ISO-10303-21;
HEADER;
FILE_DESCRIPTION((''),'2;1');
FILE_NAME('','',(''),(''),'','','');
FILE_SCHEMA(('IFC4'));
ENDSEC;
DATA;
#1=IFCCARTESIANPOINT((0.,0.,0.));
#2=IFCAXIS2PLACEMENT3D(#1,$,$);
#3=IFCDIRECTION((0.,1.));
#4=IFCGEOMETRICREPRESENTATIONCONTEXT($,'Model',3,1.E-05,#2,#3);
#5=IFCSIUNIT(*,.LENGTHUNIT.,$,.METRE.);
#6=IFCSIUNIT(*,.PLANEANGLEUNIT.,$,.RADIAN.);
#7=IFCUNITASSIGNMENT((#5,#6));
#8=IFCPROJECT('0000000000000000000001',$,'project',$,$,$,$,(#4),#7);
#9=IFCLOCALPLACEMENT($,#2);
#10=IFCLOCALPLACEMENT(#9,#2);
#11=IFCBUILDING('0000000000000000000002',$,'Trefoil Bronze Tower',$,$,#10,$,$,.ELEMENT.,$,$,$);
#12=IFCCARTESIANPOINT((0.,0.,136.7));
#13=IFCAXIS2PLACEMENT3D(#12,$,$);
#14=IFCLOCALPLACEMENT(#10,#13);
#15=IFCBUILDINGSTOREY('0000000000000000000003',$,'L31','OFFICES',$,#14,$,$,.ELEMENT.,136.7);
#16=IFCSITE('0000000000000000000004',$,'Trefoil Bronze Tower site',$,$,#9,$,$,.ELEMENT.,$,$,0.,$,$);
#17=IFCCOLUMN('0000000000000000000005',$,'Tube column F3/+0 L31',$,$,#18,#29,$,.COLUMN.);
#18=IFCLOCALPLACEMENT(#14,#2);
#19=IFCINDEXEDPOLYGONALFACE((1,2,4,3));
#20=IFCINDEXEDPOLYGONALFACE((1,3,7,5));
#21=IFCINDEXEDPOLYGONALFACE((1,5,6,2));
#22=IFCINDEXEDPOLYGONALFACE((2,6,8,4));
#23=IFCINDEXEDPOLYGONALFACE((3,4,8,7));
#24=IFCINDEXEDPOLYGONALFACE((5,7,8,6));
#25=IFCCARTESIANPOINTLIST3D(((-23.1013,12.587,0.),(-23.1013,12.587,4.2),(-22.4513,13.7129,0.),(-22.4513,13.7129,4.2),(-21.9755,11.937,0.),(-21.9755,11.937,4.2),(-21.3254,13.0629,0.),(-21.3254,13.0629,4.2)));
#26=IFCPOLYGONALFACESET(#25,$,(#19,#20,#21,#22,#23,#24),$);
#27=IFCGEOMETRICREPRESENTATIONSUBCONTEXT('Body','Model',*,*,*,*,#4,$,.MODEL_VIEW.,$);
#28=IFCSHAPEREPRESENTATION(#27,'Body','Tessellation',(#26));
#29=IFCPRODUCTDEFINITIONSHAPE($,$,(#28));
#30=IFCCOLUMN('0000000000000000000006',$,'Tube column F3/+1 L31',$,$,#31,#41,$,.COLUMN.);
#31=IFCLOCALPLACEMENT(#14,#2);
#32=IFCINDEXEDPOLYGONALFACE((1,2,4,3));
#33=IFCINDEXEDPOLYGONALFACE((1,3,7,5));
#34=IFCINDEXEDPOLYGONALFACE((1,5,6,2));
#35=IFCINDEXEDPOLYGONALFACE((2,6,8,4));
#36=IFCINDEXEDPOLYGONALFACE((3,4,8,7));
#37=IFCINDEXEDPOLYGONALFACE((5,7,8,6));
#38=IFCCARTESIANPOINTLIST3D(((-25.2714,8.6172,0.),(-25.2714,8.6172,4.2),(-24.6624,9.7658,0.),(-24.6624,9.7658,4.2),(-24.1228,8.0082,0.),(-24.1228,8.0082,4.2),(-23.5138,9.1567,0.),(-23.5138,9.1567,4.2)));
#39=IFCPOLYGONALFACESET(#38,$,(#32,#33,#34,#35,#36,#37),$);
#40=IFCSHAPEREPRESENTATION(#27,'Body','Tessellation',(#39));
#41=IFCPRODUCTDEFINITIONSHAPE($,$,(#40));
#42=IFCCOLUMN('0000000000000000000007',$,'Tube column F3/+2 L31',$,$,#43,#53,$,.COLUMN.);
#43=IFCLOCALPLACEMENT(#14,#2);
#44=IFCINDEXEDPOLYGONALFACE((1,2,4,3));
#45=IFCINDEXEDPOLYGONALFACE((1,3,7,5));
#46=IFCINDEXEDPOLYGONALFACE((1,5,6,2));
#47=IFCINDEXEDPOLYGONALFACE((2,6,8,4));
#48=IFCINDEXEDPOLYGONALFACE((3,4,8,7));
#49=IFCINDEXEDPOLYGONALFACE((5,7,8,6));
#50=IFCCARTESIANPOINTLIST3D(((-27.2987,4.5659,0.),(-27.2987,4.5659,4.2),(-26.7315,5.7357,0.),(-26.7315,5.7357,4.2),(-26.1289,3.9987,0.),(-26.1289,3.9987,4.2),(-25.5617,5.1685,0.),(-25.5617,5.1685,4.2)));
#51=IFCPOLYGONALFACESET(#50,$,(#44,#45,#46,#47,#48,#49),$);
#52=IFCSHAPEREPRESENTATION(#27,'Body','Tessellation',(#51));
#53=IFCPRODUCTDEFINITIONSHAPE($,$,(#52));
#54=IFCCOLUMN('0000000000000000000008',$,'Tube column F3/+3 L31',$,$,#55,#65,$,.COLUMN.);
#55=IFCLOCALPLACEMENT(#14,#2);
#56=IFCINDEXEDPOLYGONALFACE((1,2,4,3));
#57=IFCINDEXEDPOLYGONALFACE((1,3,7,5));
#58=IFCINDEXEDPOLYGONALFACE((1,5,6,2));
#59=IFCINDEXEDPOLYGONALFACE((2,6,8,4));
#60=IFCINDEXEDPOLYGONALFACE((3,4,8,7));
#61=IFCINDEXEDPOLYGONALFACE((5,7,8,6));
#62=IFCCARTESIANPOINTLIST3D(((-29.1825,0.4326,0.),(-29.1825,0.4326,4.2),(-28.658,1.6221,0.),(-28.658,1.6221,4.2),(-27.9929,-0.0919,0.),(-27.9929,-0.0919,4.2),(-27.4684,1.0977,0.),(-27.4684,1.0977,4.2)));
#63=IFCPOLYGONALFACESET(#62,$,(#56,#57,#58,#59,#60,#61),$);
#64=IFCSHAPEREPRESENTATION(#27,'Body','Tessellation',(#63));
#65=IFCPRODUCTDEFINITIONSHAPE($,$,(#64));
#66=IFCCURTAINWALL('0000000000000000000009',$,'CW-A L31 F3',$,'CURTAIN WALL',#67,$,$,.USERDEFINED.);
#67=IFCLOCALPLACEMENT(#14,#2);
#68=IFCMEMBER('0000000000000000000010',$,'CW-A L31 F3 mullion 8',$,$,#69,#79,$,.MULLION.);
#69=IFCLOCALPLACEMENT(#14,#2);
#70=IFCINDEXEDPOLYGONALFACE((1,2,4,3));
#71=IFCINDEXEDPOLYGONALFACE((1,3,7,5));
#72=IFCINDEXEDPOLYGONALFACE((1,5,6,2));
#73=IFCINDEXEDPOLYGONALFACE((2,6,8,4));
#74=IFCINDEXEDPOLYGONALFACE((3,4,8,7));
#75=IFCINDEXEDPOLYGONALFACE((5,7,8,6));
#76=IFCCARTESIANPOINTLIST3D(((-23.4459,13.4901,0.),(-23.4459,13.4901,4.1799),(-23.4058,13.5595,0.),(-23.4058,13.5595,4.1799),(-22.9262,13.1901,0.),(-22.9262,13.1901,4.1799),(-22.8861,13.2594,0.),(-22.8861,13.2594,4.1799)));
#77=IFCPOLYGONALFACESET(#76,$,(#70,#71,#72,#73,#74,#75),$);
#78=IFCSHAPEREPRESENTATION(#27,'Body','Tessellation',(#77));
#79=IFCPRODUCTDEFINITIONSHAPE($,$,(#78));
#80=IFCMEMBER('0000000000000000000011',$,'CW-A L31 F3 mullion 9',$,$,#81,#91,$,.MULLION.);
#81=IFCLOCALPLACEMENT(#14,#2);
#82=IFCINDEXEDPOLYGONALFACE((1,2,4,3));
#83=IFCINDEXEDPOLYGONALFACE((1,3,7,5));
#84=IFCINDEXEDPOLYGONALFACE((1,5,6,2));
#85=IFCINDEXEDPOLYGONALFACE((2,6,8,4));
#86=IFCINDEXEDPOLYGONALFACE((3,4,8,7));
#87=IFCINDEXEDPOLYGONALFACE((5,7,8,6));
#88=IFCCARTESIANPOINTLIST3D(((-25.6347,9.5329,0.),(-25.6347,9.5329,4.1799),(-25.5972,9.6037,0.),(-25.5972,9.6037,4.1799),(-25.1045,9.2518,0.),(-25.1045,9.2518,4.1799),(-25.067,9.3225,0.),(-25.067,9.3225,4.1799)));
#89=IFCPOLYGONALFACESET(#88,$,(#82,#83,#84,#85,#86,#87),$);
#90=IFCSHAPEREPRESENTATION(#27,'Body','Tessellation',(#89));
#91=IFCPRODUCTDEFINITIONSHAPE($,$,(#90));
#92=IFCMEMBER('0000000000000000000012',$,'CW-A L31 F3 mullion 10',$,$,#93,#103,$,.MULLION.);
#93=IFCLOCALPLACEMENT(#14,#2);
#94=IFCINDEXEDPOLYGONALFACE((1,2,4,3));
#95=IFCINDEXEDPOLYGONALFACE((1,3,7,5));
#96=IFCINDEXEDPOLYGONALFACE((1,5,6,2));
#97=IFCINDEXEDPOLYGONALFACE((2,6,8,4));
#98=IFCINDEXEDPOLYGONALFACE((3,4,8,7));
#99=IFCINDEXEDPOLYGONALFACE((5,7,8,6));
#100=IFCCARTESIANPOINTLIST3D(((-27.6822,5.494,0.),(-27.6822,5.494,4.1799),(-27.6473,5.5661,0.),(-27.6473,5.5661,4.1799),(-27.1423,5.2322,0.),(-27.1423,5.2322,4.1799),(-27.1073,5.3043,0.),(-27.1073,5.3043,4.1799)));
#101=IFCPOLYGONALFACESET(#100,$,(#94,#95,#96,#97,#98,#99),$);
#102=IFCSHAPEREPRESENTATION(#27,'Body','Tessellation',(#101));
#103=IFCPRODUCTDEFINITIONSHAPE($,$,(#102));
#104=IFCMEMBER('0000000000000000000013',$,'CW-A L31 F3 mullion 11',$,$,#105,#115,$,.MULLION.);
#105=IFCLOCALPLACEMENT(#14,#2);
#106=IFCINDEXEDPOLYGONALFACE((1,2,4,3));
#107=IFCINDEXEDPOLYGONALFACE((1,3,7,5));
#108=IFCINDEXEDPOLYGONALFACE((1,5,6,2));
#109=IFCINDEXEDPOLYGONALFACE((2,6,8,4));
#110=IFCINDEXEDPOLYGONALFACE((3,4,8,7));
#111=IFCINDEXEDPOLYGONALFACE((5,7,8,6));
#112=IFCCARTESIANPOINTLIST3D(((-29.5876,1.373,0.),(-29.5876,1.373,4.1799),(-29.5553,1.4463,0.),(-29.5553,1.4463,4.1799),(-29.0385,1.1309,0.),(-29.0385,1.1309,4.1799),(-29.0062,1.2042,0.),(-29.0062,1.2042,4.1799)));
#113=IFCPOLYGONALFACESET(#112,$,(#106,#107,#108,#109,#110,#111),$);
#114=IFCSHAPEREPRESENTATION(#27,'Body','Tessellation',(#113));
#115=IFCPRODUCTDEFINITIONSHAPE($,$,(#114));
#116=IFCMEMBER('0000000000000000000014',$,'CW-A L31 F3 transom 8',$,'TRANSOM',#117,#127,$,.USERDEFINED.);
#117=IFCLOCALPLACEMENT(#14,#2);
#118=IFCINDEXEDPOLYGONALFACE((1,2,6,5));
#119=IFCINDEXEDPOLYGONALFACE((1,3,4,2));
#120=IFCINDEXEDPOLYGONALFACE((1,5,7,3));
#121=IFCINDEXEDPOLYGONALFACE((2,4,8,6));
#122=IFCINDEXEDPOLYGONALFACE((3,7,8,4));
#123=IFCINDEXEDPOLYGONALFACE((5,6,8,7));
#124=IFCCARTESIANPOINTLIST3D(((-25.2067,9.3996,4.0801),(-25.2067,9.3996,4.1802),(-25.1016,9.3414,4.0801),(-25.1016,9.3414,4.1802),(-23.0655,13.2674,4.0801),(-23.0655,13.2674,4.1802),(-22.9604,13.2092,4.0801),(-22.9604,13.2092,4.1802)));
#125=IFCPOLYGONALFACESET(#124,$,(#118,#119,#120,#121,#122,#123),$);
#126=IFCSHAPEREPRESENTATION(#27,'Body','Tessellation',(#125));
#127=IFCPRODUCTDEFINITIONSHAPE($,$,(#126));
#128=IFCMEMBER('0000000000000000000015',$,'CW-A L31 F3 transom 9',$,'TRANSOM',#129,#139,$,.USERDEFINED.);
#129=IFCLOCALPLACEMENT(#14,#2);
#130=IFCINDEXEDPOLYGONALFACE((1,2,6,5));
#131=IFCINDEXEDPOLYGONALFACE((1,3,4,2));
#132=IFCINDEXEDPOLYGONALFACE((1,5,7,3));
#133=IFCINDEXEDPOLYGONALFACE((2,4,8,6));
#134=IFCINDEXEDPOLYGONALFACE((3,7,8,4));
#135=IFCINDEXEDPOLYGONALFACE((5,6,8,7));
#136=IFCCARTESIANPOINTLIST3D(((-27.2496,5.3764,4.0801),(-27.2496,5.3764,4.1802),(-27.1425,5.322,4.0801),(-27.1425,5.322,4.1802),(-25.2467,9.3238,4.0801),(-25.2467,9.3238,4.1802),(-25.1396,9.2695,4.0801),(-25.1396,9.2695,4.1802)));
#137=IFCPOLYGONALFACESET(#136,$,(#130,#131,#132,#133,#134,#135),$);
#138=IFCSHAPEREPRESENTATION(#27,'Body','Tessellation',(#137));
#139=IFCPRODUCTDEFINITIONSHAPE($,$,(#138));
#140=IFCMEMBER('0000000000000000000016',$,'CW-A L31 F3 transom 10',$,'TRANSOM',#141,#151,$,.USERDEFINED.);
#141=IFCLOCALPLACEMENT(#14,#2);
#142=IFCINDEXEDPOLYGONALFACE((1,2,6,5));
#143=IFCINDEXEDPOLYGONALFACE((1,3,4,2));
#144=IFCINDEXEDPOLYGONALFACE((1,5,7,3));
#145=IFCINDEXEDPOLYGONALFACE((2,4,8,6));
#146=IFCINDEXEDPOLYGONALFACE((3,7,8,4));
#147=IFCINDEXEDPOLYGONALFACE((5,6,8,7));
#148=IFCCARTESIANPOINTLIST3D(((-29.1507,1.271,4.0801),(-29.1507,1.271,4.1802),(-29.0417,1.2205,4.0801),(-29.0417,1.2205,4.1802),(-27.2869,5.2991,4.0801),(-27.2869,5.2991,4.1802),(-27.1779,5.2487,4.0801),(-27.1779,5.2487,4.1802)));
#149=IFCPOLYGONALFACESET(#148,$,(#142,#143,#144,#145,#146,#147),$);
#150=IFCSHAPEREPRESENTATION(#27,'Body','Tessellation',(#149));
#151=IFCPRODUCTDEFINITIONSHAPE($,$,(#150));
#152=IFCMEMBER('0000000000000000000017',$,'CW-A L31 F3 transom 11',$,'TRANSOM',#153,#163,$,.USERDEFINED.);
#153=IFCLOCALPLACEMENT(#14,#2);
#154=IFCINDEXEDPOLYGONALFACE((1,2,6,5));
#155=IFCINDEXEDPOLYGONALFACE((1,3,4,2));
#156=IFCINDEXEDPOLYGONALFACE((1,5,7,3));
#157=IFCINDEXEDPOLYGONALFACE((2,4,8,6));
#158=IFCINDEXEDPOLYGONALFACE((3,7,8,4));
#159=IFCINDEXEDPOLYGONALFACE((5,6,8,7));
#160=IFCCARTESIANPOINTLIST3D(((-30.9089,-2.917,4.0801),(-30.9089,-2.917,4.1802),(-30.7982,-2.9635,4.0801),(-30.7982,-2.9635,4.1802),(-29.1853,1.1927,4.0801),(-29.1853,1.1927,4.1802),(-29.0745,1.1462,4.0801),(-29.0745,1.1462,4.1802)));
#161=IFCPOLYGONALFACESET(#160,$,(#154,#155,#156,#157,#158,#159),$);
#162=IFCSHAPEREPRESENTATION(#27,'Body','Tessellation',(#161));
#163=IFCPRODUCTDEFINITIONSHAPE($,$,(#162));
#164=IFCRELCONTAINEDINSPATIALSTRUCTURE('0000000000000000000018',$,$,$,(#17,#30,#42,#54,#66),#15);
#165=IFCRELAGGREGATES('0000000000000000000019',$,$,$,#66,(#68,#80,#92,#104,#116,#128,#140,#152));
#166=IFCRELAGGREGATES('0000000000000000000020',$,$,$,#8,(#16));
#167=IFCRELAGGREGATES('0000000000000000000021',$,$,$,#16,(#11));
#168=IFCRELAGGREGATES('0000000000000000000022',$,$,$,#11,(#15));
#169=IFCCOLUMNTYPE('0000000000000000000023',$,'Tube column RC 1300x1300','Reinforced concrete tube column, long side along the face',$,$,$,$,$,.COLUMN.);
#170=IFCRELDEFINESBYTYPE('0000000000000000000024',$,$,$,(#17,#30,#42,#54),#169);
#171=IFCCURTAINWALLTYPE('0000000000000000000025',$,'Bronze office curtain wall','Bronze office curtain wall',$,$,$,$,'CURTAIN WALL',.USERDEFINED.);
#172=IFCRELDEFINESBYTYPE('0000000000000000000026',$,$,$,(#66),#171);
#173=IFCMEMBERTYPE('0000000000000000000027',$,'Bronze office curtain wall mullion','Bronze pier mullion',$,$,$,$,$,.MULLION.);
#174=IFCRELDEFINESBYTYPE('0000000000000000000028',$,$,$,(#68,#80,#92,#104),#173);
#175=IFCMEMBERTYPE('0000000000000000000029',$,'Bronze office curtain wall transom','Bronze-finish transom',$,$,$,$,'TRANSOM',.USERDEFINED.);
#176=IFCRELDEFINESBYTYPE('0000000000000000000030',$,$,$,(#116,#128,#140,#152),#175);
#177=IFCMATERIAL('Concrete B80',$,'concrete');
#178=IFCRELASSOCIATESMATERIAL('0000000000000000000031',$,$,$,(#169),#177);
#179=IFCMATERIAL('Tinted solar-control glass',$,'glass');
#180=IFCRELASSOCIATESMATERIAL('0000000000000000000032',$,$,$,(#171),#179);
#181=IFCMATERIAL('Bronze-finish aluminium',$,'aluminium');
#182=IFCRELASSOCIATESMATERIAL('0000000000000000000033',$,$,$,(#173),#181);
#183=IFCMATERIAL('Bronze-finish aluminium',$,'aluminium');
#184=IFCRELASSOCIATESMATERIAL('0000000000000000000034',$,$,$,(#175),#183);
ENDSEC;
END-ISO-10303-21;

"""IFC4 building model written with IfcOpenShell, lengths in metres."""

from ifc_helpers import new_model, si_unit, direction, frame, origin, origin_2d, place, context, subcontext, project, spatial, rectangle, extrude, material, material_profile, profile_set, type_object, element, aggregate, save


model = new_model("IFC4")

# Units and contexts
model_context = context("Model", 3, precision=1e-05, world=origin(), true_north=direction((0.0, 1.0)))
body_context = subcontext(model_context, "Body", "Model", "MODEL_VIEW")
ifc_project = project(units=[si_unit("LENGTHUNIT", "METRE"), si_unit("PLANEANGLEUNIT", "RADIAN")], contexts=[model_context])

# Site, building, storey
site_placement = place(None, origin())
site = spatial("IfcSite", under=ifc_project, at=site_placement, Name="Trefoil Bronze Tower site", CompositionType="ELEMENT", RefElevation=0.0)
building_placement = place(site_placement, origin())
building = spatial("IfcBuilding", under=site, at=building_placement, Name="Trefoil Bronze Tower", CompositionType="ELEMENT")
storey_placement = place(building_placement, frame((0.0, 0.0, 136.7)))
storey = spatial("IfcBuildingStorey", under=building, at=storey_placement, Name="L31", Description="OFFICES", CompositionType="ELEMENT", Elevation=136.7)

# Columns
ifc_material_1 = material(Name="Concrete B80", Category="concrete")
ifc_material_profile_1 = material_profile(ifc_material_1, rectangle(XDim=1.3, YDim=1.3, at=origin_2d()), Name="RC 1300x1300")
ifc_profile_set_1 = profile_set([ifc_material_profile_1], Name="Concrete B80")
column_type = type_object("IfcColumnType", Name="Tube column RC 1300x1300", Description="Reinforced concrete tube column, long side along the face", PredefinedType="COLUMN", material=ifc_profile_set_1)
for number, where, z_axis, x_axis, name in (
    (1, (-22.2134, 12.825, 0.0), (0.0, 0.0, 1.0), (-0.5, -0.866025, 0.0), "Tube column F3/+0 L31"),
    (2, (-24.3926, 8.887, 0.0), (0.0, 0.0, 1.0), (-0.468457, -0.883486, 0.0), "Tube column F3/+1 L31"),
    (3, (-26.4302, 4.8672, 0.0), (0.0, 0.0, 1.0), (-0.436262, -0.89982, 0.0), "Tube column F3/+2 L31"),
    (4, (-28.3254, 0.7651, 0.0), (0.0, 0.0, 1.0), (-0.403412, -0.915018, 0.0), "Tube column F3/+3 L31"),
):
    element("IfcColumn", number, at=place(storey_placement, frame(where, z_axis=z_axis, x_axis=x_axis)), inside=storey, type_object=column_type, Name=name, PredefinedType="COLUMN", context=body_context, shape_type="SweptSolid", body=[
        extrude(rectangle(XDim=1.3, YDim=1.3, at=origin_2d()), origin(), (0.0, 0.0, 1.0), 4.2),
    ])

# Curtain wall, members
ifc_material_2 = material(Name="Tinted solar-control glass", Category="glass")
curtain_wall_type = type_object("IfcCurtainWallType", Name="Bronze office curtain wall", Description="Bronze office curtain wall", ElementType="CURTAIN WALL", PredefinedType="USERDEFINED", material=ifc_material_2)
curtain_wall_placement = place(storey_placement, origin())
curtain_wall = element("IfcCurtainWall", 5, at=curtain_wall_placement, inside=storey, type_object=curtain_wall_type, Name="CW-A L31 F3", ObjectType="CURTAIN WALL", PredefinedType="USERDEFINED")
ifc_material_3 = material(Name="Bronze-finish aluminium", Category="aluminium")
ifc_material_profile_2 = material_profile(ifc_material_3, rectangle(XDim=0.6001, YDim=0.0801, at=origin_2d()), Name="CW-A mullion")
ifc_profile_set_2 = profile_set([ifc_material_profile_2], Name="Bronze-finish aluminium")
member_type_1 = type_object("IfcMemberType", Name="Bronze office curtain wall mullion", Description="Bronze pier mullion", PredefinedType="MULLION", material=ifc_profile_set_2)
member_1_placement = place(storey_placement, frame((-23.166, 13.3748, 0.0), z_axis=(0.0, 0.0, 1.0), x_axis=(0.866025, -0.5, 0.0)))
member_1 = element("IfcMember", 6, at=member_1_placement, type_object=member_type_1, Name="CW-A L31 F3 mullion 8", PredefinedType="MULLION", context=body_context, shape_type="SweptSolid", body=[
    extrude(rectangle(XDim=0.6001, YDim=0.0801, at=origin_2d()), origin(), (0.0, 0.0, 1.0), 4.1799),
])
member_2_placement = place(storey_placement, frame((-25.3508, 9.4277, 0.0), z_axis=(0.0, 0.0, 1.0), x_axis=(0.883486, -0.468457, 0.0)))
member_2 = element("IfcMember", 7, at=member_2_placement, type_object=member_type_1, Name="CW-A L31 F3 mullion 9", PredefinedType="MULLION", context=body_context, shape_type="SweptSolid", body=[
    extrude(rectangle(XDim=0.6001, YDim=0.0801, at=origin_2d()), origin(), (0.0, 0.0, 1.0), 4.1799),
])
member_3_placement = place(storey_placement, frame((-27.3948, 5.3992, 0.0), z_axis=(0.0, 0.0, 1.0), x_axis=(0.89982, -0.436262, 0.0)))
member_3 = element("IfcMember", 8, at=member_3_placement, type_object=member_type_1, Name="CW-A L31 F3 mullion 10", PredefinedType="MULLION", context=body_context, shape_type="SweptSolid", body=[
    extrude(rectangle(XDim=0.6001, YDim=0.0801, at=origin_2d()), origin(), (0.0, 0.0, 1.0), 4.1799),
])
member_4_placement = place(storey_placement, frame((-29.2969, 1.2886, 0.0), z_axis=(0.0, 0.0, 1.0), x_axis=(0.915018, -0.403412, 0.0)))
member_4 = element("IfcMember", 9, at=member_4_placement, type_object=member_type_1, Name="CW-A L31 F3 mullion 11", PredefinedType="MULLION", context=body_context, shape_type="SweptSolid", body=[
    extrude(rectangle(XDim=0.6001, YDim=0.0801, at=origin_2d()), origin(), (0.0, 0.0, 1.0), 4.1799),
])
ifc_material_4 = material(Name="Bronze-finish aluminium", Category="aluminium")
ifc_material_profile_3 = material_profile(ifc_material_4, rectangle(XDim=0.1201, YDim=0.1001, at=origin_2d()), Name="CW-A transom")
ifc_profile_set_3 = profile_set([ifc_material_profile_3], Name="Bronze-finish aluminium")
member_type_2 = type_object("IfcMemberType", Name="Bronze office curtain wall transom", Description="Bronze-finish transom", ElementType="TRANSOM", PredefinedType="USERDEFINED", material=ifc_profile_set_3)
member_5_placement = place(storey_placement, frame((-23.0129, 13.2383, 4.1301), z_axis=(-0.484329, -0.874886, 0.0), x_axis=(0.874886, -0.484329, 0.0)))
member_5 = element("IfcMember", 10, at=member_5_placement, type_object=member_type_2, Name="CW-A L31 F3 transom 8", ObjectType="TRANSOM", PredefinedType="USERDEFINED", context=body_context, shape_type="SweptSolid", body=[
    extrude(rectangle(XDim=0.1201, YDim=0.1001, at=origin_2d()), origin(), (0.0, 0.0, 1.0), 4.4209),
])
member_6_placement = place(storey_placement, frame((-25.1931, 9.2966, 4.1301), z_axis=(-0.452478, -0.891775, 0.0), x_axis=(0.891775, -0.452478, 0.0)))
member_6 = element("IfcMember", 11, at=member_6_placement, type_object=member_type_2, Name="CW-A L31 F3 transom 9", ObjectType="TRANSOM", PredefinedType="USERDEFINED", context=body_context, shape_type="SweptSolid", body=[
    extrude(rectangle(XDim=0.1201, YDim=0.1001, at=origin_2d()), origin(), (0.0, 0.0, 1.0), 4.4265),
])
member_7_placement = place(storey_placement, frame((-27.2324, 5.2739, 4.1301), z_axis=(-0.419923, -0.90756, 0.0), x_axis=(0.90756, -0.419923, 0.0)))
member_7 = element("IfcMember", 12, at=member_7_placement, type_object=member_type_2, Name="CW-A L31 F3 transom 10", ObjectType="TRANSOM", PredefinedType="USERDEFINED", context=body_context, shape_type="SweptSolid", body=[
    extrude(rectangle(XDim=0.1201, YDim=0.1001, at=origin_2d()), origin(), (0.0, 0.0, 1.0), 4.4385),
])
member_8_placement = place(storey_placement, frame((-29.1299, 1.1694, 4.1301), z_axis=(-0.386773, -0.922175, 0.0), x_axis=(0.922175, -0.386773, 0.0)))
member_8 = element("IfcMember", 13, at=member_8_placement, type_object=member_type_2, Name="CW-A L31 F3 transom 11", ObjectType="TRANSOM", PredefinedType="USERDEFINED", context=body_context, shape_type="SweptSolid", body=[
    extrude(rectangle(XDim=0.1201, YDim=0.1001, at=origin_2d()), origin(), (0.0, 0.0, 1.0), 4.4565),
])

aggregate(curtain_wall, [member_1, member_2, member_3, member_4, member_5, member_6, member_7, member_8])

save(model, "model.ifc")
